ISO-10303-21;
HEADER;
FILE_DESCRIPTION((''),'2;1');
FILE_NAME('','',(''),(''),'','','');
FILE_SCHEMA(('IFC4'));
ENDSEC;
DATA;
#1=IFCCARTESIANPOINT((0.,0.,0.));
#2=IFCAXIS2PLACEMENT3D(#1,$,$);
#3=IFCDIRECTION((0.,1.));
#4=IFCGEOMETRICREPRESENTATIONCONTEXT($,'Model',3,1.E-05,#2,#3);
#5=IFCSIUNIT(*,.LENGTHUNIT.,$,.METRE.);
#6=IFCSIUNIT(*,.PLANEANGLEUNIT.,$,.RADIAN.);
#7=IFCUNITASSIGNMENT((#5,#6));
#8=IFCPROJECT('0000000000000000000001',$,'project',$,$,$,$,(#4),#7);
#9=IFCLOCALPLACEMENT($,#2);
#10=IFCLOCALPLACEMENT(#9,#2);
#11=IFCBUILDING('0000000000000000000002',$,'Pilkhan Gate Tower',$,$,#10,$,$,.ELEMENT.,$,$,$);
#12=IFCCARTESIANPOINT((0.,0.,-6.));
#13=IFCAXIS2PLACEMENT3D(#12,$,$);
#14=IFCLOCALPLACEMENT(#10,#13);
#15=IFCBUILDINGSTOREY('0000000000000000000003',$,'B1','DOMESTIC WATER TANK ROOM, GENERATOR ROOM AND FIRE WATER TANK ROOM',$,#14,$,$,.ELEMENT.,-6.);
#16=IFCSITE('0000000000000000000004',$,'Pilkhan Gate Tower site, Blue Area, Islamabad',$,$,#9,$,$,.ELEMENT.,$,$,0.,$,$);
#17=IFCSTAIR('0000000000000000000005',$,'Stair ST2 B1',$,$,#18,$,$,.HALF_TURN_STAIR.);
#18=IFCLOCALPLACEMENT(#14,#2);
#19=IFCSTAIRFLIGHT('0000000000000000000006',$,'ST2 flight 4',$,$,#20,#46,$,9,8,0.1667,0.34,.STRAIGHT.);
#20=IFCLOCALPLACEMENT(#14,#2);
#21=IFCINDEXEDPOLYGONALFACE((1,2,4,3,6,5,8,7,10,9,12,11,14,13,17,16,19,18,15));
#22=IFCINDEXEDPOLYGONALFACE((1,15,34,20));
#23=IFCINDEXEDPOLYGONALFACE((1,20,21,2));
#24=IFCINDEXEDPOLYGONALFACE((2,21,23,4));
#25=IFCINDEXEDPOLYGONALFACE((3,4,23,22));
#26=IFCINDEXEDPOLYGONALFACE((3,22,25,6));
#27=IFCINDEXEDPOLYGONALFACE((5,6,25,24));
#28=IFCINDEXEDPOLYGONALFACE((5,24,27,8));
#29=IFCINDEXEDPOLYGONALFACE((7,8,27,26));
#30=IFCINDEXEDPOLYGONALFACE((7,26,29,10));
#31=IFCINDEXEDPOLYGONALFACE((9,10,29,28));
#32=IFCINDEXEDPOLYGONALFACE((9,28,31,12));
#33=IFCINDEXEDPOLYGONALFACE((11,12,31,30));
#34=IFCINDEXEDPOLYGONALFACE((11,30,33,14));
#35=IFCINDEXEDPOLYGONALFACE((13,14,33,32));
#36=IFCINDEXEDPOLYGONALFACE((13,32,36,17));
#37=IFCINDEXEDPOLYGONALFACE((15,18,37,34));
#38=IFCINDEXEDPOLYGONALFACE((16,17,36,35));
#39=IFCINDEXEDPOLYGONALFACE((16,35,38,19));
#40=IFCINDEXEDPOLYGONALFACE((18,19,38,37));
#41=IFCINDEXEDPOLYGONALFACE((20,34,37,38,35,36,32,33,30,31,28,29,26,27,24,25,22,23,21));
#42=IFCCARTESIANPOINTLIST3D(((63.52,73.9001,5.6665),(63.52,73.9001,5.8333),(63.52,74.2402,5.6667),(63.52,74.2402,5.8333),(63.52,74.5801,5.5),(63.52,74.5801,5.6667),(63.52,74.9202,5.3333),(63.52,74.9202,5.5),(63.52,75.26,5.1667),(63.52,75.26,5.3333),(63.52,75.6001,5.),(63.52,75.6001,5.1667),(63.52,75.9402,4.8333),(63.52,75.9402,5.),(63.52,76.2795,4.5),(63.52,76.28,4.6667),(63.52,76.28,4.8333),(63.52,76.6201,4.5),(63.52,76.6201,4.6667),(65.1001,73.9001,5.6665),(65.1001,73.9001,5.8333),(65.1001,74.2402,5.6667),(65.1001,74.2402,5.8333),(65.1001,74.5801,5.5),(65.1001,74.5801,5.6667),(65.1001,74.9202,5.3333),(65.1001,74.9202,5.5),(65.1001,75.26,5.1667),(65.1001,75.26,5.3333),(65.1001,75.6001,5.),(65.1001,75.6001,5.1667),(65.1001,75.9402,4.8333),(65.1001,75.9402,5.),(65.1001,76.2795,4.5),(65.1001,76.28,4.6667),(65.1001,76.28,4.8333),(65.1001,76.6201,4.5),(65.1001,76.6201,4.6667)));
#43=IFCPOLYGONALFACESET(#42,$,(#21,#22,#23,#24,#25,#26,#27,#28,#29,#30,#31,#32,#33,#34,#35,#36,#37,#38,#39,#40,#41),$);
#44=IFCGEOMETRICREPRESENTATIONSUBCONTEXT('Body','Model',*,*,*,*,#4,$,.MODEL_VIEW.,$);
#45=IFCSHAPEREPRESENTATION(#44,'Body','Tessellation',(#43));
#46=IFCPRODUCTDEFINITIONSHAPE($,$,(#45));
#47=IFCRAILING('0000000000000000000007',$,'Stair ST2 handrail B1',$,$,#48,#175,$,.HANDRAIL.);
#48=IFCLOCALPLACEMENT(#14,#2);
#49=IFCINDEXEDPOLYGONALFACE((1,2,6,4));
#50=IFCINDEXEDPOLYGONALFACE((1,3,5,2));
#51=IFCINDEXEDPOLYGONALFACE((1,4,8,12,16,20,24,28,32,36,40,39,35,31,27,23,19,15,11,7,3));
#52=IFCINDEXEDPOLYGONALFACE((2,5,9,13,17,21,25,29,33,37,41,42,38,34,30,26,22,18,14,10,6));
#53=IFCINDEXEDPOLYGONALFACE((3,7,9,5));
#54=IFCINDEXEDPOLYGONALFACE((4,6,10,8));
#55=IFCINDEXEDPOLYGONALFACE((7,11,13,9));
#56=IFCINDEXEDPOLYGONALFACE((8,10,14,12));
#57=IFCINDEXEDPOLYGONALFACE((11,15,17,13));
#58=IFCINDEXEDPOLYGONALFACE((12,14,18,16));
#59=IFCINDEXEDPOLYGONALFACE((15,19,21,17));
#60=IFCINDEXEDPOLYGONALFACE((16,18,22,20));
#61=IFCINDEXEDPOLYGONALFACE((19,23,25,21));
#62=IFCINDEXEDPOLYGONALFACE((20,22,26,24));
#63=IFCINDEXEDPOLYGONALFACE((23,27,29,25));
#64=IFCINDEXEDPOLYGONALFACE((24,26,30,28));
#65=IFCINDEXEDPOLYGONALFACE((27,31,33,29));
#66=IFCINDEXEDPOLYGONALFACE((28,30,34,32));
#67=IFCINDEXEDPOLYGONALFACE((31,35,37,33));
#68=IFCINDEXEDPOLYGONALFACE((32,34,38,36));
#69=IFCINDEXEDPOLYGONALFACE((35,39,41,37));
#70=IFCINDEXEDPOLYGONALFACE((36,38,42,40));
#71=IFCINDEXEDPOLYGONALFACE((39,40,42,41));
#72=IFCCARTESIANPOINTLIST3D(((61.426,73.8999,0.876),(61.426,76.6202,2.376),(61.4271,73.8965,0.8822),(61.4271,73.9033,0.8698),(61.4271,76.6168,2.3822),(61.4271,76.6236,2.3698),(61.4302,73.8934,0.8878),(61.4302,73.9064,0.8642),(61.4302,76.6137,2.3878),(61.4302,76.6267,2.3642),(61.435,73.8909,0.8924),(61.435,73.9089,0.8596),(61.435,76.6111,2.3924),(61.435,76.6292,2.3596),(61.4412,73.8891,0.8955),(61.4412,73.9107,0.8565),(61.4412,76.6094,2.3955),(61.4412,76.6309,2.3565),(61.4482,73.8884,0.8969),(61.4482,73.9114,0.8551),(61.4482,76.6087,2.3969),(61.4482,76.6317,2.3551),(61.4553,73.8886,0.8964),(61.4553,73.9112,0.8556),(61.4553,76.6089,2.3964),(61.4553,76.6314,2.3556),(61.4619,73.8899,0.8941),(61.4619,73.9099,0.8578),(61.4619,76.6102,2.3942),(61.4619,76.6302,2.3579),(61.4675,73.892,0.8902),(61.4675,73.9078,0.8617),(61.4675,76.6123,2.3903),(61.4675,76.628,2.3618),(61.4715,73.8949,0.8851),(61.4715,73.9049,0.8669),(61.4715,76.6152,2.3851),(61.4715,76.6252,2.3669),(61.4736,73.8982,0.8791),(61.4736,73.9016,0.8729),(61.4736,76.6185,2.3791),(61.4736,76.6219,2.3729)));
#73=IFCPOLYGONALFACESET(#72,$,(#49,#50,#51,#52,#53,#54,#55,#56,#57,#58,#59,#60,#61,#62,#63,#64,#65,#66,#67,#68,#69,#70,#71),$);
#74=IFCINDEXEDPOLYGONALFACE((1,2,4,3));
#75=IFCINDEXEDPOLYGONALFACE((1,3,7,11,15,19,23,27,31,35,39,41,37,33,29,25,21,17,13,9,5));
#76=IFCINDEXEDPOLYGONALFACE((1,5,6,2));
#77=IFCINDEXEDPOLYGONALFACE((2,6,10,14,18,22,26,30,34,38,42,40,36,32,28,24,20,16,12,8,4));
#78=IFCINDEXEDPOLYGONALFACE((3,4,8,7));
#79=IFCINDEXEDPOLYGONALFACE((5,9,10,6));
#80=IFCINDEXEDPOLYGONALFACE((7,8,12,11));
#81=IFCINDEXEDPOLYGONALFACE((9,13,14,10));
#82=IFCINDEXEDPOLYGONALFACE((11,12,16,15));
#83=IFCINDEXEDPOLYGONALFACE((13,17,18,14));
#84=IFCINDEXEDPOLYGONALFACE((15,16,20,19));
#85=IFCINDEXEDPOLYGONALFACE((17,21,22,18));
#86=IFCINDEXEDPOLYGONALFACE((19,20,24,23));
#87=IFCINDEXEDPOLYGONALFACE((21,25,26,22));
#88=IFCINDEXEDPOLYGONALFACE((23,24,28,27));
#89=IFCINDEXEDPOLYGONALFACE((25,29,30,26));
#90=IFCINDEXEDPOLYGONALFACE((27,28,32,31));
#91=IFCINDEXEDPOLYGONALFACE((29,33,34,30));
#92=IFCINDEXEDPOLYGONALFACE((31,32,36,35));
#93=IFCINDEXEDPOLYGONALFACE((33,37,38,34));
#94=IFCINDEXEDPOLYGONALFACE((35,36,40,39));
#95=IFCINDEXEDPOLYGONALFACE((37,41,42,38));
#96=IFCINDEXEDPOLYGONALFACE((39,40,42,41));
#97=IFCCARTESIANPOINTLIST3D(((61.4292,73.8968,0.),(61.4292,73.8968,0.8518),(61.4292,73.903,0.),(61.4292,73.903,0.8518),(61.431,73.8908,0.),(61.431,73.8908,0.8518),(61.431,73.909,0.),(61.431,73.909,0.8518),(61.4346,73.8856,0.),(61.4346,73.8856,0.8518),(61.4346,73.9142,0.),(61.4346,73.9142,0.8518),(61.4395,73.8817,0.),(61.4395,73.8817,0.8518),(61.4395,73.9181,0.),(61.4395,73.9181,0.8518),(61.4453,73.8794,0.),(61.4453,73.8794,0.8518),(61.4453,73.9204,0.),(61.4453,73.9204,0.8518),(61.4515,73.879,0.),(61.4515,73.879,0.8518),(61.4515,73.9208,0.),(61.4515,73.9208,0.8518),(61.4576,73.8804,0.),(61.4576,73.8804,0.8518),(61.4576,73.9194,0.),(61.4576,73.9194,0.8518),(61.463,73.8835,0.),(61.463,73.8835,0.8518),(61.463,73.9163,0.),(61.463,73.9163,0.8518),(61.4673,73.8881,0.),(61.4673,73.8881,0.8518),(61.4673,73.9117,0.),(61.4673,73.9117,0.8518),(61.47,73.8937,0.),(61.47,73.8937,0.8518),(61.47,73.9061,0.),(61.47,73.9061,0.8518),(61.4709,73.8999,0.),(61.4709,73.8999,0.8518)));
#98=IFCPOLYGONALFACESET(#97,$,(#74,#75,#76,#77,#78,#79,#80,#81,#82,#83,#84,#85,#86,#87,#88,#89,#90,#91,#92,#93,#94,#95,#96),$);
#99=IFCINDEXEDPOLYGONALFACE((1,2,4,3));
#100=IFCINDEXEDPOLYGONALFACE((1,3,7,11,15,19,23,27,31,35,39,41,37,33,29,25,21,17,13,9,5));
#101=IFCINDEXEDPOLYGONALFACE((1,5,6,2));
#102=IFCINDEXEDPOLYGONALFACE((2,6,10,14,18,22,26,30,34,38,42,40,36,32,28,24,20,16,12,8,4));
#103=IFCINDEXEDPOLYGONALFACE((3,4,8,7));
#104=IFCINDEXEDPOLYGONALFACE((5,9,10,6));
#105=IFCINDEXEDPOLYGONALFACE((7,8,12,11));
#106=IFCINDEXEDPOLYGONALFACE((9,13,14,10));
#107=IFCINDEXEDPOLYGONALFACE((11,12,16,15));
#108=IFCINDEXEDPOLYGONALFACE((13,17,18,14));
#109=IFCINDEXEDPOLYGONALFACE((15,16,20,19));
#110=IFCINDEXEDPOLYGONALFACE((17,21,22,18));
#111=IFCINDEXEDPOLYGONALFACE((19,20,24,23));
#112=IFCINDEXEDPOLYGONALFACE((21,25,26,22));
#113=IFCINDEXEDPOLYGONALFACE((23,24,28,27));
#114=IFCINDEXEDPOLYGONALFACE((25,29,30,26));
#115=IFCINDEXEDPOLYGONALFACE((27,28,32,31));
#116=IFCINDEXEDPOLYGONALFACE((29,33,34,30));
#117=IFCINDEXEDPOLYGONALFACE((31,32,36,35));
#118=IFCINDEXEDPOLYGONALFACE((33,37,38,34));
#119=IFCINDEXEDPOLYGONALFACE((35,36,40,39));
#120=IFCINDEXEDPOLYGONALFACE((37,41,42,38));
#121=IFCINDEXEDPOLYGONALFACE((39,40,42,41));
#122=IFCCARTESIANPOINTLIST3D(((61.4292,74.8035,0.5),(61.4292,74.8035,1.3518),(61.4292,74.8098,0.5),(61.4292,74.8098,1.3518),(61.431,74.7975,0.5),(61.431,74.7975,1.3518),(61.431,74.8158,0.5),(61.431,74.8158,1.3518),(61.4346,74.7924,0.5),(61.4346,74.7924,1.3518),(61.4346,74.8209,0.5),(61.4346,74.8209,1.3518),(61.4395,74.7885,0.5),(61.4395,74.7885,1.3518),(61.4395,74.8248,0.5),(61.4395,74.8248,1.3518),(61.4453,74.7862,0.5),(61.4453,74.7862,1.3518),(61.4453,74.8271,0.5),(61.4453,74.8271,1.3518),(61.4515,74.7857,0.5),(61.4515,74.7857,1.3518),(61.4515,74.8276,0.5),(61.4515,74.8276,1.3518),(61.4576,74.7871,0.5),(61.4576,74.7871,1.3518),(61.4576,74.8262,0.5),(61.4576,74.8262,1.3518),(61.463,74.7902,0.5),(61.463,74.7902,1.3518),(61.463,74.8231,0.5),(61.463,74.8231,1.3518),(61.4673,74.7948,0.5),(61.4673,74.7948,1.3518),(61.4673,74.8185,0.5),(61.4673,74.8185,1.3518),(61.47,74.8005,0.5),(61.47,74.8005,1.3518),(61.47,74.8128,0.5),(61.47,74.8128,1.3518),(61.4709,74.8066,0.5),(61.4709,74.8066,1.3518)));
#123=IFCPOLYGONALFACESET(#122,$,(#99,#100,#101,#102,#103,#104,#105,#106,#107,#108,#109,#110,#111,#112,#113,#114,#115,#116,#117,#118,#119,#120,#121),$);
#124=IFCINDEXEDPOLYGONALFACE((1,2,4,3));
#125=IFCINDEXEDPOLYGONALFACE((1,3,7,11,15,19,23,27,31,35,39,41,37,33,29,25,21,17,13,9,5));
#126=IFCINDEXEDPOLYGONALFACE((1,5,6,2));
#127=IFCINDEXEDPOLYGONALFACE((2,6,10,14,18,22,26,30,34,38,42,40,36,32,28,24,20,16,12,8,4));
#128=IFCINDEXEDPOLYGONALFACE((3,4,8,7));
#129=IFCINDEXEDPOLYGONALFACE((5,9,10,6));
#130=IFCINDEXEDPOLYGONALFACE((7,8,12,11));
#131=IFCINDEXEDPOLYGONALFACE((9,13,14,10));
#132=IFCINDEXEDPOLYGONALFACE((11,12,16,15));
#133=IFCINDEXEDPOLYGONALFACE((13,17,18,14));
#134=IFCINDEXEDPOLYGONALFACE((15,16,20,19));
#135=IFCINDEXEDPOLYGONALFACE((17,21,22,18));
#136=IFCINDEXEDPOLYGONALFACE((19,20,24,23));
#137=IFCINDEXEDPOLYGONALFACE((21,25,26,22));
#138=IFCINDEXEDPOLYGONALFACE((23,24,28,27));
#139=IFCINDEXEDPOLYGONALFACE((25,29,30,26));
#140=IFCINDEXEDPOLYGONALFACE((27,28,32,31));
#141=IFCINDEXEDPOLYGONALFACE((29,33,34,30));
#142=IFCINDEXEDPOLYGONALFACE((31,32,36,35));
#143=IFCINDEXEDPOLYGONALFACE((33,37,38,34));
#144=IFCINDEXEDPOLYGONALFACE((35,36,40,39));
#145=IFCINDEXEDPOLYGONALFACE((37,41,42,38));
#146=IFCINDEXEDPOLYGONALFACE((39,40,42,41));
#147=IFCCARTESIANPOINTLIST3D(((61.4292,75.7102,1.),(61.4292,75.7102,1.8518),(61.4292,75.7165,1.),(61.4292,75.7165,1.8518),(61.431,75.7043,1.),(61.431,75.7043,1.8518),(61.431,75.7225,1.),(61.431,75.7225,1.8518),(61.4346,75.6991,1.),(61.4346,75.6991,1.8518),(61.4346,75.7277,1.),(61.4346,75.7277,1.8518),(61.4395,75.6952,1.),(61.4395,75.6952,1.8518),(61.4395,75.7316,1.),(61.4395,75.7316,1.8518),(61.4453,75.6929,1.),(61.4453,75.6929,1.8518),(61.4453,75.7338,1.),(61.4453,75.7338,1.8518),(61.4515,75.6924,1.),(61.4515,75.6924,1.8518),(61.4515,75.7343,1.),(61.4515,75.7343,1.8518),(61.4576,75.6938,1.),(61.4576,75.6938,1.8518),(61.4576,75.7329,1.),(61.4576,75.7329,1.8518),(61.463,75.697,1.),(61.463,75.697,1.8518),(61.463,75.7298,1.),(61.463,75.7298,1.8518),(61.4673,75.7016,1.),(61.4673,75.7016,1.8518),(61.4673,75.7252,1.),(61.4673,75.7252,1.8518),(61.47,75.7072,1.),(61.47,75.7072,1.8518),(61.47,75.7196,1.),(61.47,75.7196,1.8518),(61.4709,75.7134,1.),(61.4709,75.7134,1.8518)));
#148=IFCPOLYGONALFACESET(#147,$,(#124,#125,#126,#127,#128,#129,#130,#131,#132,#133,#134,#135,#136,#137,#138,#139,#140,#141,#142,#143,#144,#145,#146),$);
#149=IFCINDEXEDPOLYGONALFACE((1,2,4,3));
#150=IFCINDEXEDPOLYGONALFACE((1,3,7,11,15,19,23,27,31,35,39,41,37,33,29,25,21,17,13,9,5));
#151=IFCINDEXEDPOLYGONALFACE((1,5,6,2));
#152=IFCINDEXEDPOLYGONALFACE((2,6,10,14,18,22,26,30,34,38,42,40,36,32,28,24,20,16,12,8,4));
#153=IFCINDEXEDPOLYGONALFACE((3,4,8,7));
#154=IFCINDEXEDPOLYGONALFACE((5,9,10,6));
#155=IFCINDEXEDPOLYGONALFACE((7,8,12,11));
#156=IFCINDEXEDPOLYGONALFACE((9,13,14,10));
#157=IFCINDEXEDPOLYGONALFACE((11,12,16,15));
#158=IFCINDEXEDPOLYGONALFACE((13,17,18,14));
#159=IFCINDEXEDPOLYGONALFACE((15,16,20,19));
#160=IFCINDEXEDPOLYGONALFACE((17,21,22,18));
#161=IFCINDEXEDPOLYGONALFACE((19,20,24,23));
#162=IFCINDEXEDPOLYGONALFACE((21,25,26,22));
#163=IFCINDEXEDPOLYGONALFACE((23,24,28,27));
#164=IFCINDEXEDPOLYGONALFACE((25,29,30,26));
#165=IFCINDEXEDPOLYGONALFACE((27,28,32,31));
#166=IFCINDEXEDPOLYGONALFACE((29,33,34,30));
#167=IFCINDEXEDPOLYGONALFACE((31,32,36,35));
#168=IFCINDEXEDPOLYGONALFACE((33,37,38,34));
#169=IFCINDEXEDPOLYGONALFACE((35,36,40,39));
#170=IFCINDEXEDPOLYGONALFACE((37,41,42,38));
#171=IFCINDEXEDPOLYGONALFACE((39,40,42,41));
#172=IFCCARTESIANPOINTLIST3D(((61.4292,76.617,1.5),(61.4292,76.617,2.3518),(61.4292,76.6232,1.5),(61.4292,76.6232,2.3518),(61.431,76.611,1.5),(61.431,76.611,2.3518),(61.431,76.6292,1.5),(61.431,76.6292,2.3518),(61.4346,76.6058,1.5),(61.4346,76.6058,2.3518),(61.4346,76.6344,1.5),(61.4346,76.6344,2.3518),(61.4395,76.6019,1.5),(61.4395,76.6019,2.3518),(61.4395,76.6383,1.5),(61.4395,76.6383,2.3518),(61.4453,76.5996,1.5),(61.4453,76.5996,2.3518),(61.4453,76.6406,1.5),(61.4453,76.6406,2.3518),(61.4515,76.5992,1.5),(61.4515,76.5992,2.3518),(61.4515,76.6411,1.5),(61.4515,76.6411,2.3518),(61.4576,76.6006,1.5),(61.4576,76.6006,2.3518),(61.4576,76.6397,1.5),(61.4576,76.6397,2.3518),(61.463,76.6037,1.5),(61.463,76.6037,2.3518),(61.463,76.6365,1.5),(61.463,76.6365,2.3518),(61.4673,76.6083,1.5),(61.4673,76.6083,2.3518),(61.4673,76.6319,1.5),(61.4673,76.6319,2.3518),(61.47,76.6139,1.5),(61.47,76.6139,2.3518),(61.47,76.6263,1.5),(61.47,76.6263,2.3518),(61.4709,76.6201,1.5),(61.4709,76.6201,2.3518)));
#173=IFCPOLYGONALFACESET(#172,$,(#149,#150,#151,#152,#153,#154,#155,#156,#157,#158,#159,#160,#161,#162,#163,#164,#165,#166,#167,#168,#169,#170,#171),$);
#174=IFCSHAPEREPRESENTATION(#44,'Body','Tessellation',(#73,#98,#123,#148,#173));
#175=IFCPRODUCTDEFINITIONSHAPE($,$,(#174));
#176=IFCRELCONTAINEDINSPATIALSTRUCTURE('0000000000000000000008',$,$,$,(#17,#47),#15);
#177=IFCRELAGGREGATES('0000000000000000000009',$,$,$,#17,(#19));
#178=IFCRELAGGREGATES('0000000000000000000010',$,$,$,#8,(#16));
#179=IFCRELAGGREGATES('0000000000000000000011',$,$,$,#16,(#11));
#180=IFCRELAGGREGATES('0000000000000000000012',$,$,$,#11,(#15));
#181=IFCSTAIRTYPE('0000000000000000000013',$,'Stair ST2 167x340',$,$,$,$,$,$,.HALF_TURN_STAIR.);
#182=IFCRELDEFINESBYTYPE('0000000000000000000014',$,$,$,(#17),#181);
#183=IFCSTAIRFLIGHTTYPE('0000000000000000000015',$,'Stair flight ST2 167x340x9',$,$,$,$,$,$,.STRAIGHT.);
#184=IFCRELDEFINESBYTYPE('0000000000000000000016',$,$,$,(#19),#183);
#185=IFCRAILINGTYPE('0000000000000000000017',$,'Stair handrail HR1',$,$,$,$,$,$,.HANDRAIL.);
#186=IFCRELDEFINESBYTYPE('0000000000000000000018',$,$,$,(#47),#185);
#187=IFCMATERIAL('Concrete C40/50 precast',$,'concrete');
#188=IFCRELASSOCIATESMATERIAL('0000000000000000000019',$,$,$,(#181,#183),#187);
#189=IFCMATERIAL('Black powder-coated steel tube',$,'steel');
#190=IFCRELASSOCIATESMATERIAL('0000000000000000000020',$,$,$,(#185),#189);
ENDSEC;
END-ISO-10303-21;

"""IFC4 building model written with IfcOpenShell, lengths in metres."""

from ifc_helpers import new_model, si_unit, direction, frame, origin, origin_2d, place, context, subcontext, project, spatial, polyline, circle, outline, extrude, material, type_object, element, aggregate, save


model = new_model("IFC4")

# Units and contexts
model_context = context("Model", 3, precision=1e-05, world=origin(), true_north=direction((0.0, 1.0)))
body_context = subcontext(model_context, "Body", "Model", "MODEL_VIEW")
ifc_project = project(units=[si_unit("LENGTHUNIT", "METRE"), si_unit("PLANEANGLEUNIT", "RADIAN")], contexts=[model_context])

# Site, building, storey
site_placement = place(None, origin())
site = spatial("IfcSite", under=ifc_project, at=site_placement, Name="Pilkhan Gate Tower site, Blue Area, Islamabad", CompositionType="ELEMENT", RefElevation=0.0)
building_placement = place(site_placement, origin())
building = spatial("IfcBuilding", under=site, at=building_placement, Name="Pilkhan Gate Tower", CompositionType="ELEMENT")
storey_placement = place(building_placement, frame((0.0, 0.0, -6.0)))
storey = spatial("IfcBuildingStorey", under=building, at=storey_placement, Name="B1", Description="DOMESTIC WATER TANK ROOM, GENERATOR ROOM AND FIRE WATER TANK ROOM", CompositionType="ELEMENT", Elevation=-6.0)

# Stair, stair flight
ifc_material_1 = material(Name="Concrete C40/50 precast", Category="concrete")
stair_type = type_object("IfcStairType", Name="Stair ST2 167x340", PredefinedType="HALF_TURN_STAIR", material=ifc_material_1)
stair_placement = place(storey_placement, origin())
stair = element("IfcStair", 1, at=stair_placement, inside=storey, type_object=stair_type, Name="Stair ST2 B1", PredefinedType="HALF_TURN_STAIR")
stair_flight_type = type_object("IfcStairFlightType", Name="Stair flight ST2 167x340x9", PredefinedType="STRAIGHT", material=ifc_material_1)
stair_flight_1_placement = place(storey_placement, frame((64.3101, 76.6201, 4.5), z_axis=(0.0, 0.0, 1.0), x_axis=(0.0, -1.0, 0.0)))
stair_flight_1 = element("IfcStairFlight", 2, at=stair_flight_1_placement, type_object=stair_flight_type, Name="ST2 flight 4", NumberOfRisers=9, NumberOfTreads=8, PredefinedType="STRAIGHT", RiserHeight=0.1667, TreadLength=0.34, context=body_context, shape_type="SweptSolid", body=[
    extrude(outline(polyline([(0.0, 0.0), (0.0, 0.1667), (0.3401, 0.1667), (0.3401, 0.3333), (0.6799, 0.3333), (0.6799, 0.5), (1.02, 0.5), (1.02, 0.6667), (1.3601, 0.6667), (1.3601, 0.8333), (1.7, 0.8333), (1.7, 1.0), (2.04, 1.0), (2.04, 1.1667), (2.3799, 1.1667), (2.3799, 1.3333), (2.72, 1.3333), (2.72, 1.5), (2.72, 1.1665), (0.3406, 0.0), (0.0, 0.0)])), frame((0.0, 0.79, 0.0), z_axis=(0.0, -1.0, 0.0), x_axis=(1.0, 0.0, 0.0)), (0.0, 0.0, 1.0), 1.5801),
])
aggregate(stair, [stair_flight_1])

# Railing
ifc_material_2 = material(Name="Black powder-coated steel tube", Category="steel")
railing_type_1 = type_object("IfcRailingType", Name="Stair handrail HR1", PredefinedType="HANDRAIL", material=ifc_material_2)
railing_1_placement = place(storey_placement, frame((61.45, 73.8999, 0.0)))
element("IfcRailing", 3, at=railing_1_placement, inside=storey, type_object=railing_type_1, Name="Stair ST2 handrail B1", PredefinedType="HANDRAIL", context=body_context, shape_type="SweptSolid", body=[
    extrude(circle(Radius=0.0239, at=origin_2d()), frame((0.0, 0.0, 0.876), z_axis=(0.0, 0.875688, 0.482878), x_axis=(-1.0, 0.0, 0.0)), (0.0, 0.0, 1.0), 3.1064),
    extrude(circle(Radius=0.021, at=origin_2d()), origin(), (0.0, 0.0, 1.0), 0.8518),
    extrude(circle(Radius=0.021, at=origin_2d()), frame((0.0, 0.9067, 0.5)), (0.0, 0.0, 1.0), 0.8518),
    extrude(circle(Radius=0.021, at=origin_2d()), frame((0.0, 1.8135, 1.0)), (0.0, 0.0, 1.0), 0.8518),
    extrude(circle(Radius=0.021, at=origin_2d()), frame((0.0, 2.7202, 1.5)), (0.0, 0.0, 1.0), 0.8518),
])

save(model, "model.ifc")
